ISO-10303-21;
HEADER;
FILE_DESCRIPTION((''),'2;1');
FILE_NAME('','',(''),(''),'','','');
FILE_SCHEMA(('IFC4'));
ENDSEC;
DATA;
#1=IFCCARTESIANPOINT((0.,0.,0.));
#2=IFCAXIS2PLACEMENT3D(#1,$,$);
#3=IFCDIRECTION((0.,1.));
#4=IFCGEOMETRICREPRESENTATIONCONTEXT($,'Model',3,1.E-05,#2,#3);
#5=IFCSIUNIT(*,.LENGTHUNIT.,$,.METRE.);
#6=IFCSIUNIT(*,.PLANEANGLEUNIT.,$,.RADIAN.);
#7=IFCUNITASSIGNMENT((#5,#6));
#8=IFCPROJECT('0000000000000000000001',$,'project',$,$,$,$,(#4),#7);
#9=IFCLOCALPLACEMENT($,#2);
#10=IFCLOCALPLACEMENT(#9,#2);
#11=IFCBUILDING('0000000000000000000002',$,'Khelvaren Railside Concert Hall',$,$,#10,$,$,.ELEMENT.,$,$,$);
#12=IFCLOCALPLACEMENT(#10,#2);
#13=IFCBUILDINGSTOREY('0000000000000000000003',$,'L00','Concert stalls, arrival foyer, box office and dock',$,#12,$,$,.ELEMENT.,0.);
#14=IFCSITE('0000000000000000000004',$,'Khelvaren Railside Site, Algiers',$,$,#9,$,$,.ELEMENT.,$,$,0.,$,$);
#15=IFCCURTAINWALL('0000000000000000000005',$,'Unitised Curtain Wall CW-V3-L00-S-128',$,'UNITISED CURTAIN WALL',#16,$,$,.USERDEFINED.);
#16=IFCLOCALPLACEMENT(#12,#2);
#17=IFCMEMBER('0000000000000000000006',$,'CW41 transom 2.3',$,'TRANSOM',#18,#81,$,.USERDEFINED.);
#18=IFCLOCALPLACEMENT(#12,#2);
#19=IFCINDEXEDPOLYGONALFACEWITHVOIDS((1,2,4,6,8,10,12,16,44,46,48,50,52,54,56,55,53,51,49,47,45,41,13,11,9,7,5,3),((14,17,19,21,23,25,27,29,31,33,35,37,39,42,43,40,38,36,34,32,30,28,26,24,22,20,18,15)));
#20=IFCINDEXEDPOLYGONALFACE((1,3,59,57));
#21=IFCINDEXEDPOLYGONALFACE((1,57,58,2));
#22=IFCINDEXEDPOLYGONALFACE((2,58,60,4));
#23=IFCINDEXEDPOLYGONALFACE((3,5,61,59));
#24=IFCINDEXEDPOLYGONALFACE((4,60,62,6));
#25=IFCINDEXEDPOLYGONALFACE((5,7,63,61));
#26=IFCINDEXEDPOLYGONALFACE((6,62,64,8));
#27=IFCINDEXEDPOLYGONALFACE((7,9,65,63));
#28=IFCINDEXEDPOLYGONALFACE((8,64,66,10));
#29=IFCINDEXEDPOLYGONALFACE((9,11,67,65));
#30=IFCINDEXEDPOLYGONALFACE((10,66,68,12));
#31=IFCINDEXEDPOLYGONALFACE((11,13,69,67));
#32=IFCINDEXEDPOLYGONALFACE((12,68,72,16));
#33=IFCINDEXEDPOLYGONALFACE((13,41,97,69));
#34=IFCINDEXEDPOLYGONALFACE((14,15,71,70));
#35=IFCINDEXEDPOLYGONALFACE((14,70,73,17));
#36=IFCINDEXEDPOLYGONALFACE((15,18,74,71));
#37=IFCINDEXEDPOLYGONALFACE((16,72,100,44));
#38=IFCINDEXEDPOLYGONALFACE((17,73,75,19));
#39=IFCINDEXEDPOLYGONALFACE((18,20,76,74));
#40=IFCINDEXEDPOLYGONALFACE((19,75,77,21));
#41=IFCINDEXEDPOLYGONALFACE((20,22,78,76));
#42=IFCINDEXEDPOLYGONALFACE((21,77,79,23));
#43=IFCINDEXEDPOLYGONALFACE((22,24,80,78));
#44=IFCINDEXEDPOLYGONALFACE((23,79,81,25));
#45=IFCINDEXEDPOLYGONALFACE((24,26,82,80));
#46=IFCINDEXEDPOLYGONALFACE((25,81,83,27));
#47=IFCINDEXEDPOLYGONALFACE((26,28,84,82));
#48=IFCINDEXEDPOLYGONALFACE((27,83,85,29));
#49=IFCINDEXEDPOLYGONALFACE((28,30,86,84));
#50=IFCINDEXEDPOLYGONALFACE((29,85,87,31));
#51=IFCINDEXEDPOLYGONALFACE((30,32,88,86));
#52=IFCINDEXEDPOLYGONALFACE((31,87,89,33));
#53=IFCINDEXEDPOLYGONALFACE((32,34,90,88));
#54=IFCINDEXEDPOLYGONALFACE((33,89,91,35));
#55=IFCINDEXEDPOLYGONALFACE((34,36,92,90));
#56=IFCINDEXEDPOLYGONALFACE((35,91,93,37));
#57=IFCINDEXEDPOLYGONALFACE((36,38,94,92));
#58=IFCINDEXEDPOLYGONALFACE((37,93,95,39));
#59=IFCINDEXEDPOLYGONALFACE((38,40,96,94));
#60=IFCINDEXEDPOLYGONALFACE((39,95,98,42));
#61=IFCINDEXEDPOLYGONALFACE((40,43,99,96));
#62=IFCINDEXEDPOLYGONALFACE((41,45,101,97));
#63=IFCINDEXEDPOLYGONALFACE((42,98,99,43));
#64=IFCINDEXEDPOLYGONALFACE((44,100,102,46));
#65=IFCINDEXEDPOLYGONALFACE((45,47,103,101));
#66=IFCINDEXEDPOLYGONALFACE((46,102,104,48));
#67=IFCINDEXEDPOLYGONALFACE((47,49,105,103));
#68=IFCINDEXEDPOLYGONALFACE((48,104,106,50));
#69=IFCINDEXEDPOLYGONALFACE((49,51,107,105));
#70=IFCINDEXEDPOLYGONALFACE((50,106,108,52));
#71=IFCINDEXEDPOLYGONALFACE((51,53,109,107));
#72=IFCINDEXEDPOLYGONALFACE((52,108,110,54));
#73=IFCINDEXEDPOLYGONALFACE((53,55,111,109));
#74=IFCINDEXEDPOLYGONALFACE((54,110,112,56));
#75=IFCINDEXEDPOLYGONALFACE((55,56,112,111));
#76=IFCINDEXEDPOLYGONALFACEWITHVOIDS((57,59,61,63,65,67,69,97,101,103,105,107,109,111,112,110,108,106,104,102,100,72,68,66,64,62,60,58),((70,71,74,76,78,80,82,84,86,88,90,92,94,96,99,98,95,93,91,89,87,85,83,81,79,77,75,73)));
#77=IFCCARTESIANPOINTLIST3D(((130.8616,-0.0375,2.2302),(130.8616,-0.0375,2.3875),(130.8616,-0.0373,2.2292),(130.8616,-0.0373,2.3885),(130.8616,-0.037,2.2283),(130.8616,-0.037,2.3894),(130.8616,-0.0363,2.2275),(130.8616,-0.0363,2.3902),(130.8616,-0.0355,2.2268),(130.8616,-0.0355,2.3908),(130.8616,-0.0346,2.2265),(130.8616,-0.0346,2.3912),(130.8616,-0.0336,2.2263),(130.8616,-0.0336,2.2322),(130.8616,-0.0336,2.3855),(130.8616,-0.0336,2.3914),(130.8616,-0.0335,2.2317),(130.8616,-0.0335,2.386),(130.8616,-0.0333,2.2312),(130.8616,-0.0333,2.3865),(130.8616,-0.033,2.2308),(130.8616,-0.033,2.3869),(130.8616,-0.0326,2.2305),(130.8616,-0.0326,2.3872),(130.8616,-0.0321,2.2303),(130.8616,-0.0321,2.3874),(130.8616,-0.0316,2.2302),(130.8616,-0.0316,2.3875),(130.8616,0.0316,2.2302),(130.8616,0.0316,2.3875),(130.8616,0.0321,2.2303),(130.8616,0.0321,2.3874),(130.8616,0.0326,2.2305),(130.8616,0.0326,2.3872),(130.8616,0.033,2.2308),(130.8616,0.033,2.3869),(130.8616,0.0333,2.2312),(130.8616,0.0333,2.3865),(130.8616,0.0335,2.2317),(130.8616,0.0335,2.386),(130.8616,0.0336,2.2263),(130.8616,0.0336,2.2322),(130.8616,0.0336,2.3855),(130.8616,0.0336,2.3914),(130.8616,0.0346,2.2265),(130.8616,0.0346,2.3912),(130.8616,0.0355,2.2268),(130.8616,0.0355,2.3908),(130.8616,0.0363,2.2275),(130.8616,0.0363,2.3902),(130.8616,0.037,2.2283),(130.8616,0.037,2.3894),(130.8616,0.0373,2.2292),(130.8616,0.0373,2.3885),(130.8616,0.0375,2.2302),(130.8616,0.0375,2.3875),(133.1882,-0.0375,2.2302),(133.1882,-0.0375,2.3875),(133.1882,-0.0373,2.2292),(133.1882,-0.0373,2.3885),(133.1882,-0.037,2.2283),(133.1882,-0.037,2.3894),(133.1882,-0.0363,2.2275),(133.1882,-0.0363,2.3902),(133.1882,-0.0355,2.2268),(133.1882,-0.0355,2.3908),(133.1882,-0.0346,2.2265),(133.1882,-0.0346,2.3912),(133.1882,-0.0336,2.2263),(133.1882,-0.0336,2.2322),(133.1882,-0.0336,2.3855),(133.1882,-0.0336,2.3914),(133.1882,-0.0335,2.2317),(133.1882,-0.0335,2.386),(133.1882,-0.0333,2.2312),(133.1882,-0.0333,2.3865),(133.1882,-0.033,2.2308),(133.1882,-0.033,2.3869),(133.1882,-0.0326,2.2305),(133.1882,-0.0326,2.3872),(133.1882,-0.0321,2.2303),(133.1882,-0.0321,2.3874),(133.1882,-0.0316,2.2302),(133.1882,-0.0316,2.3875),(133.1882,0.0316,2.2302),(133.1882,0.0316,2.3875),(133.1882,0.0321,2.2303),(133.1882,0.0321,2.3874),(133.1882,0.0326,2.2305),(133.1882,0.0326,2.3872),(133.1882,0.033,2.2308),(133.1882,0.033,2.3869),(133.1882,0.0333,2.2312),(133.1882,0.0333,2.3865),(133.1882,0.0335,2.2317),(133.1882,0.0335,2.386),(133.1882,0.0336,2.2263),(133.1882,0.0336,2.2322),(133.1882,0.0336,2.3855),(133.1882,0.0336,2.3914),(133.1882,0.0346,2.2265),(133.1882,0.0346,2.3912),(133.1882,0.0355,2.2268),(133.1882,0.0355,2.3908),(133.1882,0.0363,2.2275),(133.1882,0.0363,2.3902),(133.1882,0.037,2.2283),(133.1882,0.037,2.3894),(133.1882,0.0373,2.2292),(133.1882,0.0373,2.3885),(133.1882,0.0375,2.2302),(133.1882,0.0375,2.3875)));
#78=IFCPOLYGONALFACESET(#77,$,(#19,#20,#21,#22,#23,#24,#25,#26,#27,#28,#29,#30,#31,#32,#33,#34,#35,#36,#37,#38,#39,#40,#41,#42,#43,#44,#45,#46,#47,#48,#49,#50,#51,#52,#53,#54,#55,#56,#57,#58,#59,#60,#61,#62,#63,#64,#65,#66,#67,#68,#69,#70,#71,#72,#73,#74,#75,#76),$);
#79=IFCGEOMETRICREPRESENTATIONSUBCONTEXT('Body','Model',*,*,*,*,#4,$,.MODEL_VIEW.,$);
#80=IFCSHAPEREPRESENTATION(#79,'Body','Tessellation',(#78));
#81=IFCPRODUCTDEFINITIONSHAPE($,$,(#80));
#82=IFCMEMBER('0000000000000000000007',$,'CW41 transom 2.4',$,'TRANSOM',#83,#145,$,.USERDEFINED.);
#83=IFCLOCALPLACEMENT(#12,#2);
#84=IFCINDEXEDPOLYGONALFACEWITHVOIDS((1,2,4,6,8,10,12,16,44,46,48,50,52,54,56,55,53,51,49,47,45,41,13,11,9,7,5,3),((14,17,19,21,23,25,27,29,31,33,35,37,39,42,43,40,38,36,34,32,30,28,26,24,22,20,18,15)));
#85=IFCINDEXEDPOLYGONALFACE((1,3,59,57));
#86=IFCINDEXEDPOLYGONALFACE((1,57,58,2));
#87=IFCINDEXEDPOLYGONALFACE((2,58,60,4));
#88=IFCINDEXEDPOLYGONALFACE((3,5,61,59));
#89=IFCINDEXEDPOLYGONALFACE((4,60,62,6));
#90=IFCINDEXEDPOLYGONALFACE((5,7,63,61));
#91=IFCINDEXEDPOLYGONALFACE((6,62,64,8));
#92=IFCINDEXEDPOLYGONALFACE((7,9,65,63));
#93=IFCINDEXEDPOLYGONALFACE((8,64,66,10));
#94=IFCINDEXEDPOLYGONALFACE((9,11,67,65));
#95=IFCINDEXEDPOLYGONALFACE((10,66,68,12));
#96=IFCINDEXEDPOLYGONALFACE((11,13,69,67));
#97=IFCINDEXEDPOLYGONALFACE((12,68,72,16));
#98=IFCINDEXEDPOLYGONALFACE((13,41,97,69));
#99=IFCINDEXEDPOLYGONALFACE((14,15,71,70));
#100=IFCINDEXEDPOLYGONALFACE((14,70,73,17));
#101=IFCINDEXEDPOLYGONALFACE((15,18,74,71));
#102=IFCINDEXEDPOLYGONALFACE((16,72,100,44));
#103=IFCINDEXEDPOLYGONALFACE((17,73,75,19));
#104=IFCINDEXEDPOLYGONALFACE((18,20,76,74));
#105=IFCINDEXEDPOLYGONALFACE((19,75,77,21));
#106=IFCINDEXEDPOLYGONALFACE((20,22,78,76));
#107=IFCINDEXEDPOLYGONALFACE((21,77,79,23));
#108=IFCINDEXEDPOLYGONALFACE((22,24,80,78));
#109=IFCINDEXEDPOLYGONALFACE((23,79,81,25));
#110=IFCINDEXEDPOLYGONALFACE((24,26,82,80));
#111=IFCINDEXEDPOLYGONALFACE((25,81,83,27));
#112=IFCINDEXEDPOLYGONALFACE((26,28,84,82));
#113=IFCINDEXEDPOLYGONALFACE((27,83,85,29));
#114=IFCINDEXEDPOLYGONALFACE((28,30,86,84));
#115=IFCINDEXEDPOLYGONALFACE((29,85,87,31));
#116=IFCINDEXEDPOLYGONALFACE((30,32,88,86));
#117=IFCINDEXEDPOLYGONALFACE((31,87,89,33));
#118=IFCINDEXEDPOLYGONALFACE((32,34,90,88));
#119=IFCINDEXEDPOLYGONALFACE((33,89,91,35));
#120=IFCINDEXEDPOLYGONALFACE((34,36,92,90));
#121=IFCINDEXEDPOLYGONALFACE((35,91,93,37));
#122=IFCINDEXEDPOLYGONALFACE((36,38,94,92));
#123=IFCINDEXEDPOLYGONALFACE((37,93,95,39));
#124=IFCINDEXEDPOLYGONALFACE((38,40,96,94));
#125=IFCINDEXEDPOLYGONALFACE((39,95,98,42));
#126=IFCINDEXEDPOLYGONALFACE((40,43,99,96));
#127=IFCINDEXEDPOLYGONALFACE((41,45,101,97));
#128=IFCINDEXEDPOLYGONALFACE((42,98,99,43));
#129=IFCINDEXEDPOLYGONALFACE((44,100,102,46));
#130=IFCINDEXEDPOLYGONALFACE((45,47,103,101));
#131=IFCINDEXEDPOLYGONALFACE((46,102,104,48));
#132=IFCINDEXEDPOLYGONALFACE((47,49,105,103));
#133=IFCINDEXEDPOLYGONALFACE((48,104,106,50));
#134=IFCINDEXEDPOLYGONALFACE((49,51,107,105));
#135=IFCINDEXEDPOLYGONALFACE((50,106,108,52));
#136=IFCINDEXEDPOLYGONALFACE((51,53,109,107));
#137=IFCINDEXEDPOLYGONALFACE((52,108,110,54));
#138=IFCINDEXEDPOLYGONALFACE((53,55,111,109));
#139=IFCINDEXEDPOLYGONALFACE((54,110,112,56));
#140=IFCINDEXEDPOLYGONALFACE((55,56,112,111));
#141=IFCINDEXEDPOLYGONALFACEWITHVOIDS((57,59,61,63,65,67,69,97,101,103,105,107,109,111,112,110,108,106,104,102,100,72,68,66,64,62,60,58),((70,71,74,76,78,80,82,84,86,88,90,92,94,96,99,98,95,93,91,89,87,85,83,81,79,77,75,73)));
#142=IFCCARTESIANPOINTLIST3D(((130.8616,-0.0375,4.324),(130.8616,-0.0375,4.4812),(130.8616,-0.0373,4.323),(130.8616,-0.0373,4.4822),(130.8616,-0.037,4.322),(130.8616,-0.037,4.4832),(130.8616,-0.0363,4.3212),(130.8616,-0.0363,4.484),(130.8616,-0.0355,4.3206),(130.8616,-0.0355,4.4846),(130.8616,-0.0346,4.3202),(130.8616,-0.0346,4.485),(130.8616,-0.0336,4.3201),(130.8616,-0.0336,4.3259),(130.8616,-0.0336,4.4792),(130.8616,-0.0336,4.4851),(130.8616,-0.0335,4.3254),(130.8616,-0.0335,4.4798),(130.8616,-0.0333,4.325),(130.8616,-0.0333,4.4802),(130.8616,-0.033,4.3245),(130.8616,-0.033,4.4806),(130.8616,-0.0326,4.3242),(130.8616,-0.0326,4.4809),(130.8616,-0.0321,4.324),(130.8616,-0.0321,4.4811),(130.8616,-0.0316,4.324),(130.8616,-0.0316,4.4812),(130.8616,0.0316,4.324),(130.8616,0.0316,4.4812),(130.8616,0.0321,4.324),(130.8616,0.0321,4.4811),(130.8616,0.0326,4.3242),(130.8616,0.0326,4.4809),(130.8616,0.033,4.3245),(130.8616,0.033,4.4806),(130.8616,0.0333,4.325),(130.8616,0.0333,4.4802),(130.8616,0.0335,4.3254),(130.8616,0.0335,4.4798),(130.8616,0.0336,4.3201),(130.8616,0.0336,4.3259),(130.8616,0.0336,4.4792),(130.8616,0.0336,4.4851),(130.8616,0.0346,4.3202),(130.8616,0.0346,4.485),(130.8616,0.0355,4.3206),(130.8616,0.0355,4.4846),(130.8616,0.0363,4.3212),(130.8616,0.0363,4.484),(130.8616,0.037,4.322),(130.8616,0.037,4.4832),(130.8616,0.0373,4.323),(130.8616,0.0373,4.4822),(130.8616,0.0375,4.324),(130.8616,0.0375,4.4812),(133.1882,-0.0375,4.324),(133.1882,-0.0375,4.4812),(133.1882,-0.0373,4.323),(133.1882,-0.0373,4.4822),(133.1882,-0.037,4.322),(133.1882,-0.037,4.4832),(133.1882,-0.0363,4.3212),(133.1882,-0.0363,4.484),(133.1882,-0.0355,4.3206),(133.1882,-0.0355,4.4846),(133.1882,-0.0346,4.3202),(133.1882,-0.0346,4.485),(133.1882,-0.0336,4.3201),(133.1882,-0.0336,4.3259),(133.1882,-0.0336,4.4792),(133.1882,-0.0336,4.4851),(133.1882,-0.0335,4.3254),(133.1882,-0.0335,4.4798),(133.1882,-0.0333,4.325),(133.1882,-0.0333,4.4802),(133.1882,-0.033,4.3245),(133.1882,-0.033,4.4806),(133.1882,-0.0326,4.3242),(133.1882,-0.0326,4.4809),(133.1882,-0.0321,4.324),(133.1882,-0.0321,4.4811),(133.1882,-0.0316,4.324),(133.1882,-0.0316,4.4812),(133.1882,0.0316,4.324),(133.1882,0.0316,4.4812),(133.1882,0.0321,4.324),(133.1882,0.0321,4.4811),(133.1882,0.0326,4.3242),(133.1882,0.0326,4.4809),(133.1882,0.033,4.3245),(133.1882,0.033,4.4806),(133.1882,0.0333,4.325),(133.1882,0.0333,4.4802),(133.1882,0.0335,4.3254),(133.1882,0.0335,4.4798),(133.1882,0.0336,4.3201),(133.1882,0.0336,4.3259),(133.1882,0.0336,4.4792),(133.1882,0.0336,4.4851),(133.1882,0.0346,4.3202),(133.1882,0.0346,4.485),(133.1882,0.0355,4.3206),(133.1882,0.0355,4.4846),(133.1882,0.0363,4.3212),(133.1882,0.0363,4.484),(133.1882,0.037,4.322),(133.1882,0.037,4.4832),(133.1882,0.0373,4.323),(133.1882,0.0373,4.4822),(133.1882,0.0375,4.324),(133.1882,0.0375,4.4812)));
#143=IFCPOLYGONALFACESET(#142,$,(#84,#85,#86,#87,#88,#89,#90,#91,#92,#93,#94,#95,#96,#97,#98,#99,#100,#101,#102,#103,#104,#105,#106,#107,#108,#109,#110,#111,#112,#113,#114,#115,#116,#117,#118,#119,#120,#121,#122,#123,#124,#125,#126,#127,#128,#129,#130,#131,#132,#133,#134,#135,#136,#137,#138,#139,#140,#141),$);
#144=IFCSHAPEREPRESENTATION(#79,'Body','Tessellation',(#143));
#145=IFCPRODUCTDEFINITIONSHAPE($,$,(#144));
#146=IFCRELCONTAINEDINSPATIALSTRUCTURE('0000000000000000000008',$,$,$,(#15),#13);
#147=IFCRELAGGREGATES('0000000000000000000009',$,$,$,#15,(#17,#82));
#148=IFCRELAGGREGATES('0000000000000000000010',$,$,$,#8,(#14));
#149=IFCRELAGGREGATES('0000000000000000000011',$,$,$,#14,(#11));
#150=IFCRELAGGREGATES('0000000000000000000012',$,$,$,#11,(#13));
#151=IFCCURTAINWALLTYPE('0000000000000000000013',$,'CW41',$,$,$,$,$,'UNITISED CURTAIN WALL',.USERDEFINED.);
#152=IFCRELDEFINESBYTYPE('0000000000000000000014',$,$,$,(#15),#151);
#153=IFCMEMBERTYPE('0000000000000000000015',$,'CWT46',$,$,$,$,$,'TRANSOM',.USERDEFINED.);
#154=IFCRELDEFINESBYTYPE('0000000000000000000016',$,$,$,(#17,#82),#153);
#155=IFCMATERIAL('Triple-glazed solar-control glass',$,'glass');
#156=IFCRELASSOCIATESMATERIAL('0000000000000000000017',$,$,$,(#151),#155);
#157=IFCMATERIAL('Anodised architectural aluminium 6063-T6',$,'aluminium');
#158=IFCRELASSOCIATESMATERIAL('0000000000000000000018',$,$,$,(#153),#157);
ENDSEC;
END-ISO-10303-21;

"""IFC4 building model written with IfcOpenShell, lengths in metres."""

from ifc_helpers import new_model, si_unit, direction, frame, origin, origin_2d, place, context, subcontext, project, spatial, hollow_rectangle, extrude, material, material_profile, profile_set, type_object, element, aggregate, save


model = new_model("IFC4")

# Units and contexts
model_context = context("Model", 3, precision=1e-05, world=origin(), true_north=direction((0.0, 1.0)))
body_context = subcontext(model_context, "Body", "Model", "MODEL_VIEW")
ifc_project = project(units=[si_unit("LENGTHUNIT", "METRE"), si_unit("PLANEANGLEUNIT", "RADIAN")], contexts=[model_context])

# Site, building, storey
site_placement = place(None, origin())
site = spatial("IfcSite", under=ifc_project, at=site_placement, Name="Khelvaren Railside Site, Algiers", CompositionType="ELEMENT", RefElevation=0.0)
building_placement = place(site_placement, origin())
building = spatial("IfcBuilding", under=site, at=building_placement, Name="Khelvaren Railside Concert Hall", CompositionType="ELEMENT")
storey_placement = place(building_placement, origin())
storey = spatial("IfcBuildingStorey", under=building, at=storey_placement, Name="L00", Description="Concert stalls, arrival foyer, box office and dock", CompositionType="ELEMENT", Elevation=0.0)

# Curtain wall, members
ifc_material_1 = material(Name="Triple-glazed solar-control glass", Category="glass")
curtain_wall_type = type_object("IfcCurtainWallType", Name="CW41", ElementType="UNITISED CURTAIN WALL", PredefinedType="USERDEFINED", material=ifc_material_1)
curtain_wall_placement = place(storey_placement, origin())
curtain_wall = element("IfcCurtainWall", 1, at=curtain_wall_placement, inside=storey, type_object=curtain_wall_type, Name="Unitised Curtain Wall CW-V3-L00-S-128", ObjectType="UNITISED CURTAIN WALL", PredefinedType="USERDEFINED")
ifc_material_2 = material(Name="Anodised architectural aluminium 6063-T6", Category="aluminium")
ifc_material_profile_1 = material_profile(ifc_material_2, hollow_rectangle(XDim=0.075, YDim=0.165, WallThickness=0.0039, InnerFilletRadius=0.002, OuterFilletRadius=0.0039, at=origin_2d()), Name="CWT 75x165x4")
ifc_profile_set_1 = profile_set([ifc_material_profile_1], Name="Anodised architectural aluminium 6063-T6")
member_type_1 = type_object("IfcMemberType", Name="CWT46", ElementType="TRANSOM", PredefinedType="USERDEFINED", material=ifc_profile_set_1)
member_1_placement = place(storey_placement, frame((133.1882, 0.0, 2.3088), z_axis=(-1.0, 0.0, 0.0), x_axis=(0.0, -1.0, 0.0)))
member_1 = element("IfcMember", 2, at=member_1_placement, type_object=member_type_1, Name="CW41 transom 2.3", ObjectType="TRANSOM", PredefinedType="USERDEFINED", context=body_context, shape_type="SweptSolid", body=[
    extrude(hollow_rectangle(XDim=0.075, YDim=0.165, WallThickness=0.0039, InnerFilletRadius=0.002, OuterFilletRadius=0.0039, at=origin_2d()), origin(), (0.0, 0.0, 1.0), 2.3267),
])
member_2_placement = place(storey_placement, frame((133.1882, 0.0, 4.4026), z_axis=(-1.0, 0.0, 0.0), x_axis=(0.0, -1.0, 0.0)))
member_2 = element("IfcMember", 3, at=member_2_placement, type_object=member_type_1, Name="CW41 transom 2.4", ObjectType="TRANSOM", PredefinedType="USERDEFINED", context=body_context, shape_type="SweptSolid", body=[
    extrude(hollow_rectangle(XDim=0.075, YDim=0.165, WallThickness=0.0039, InnerFilletRadius=0.002, OuterFilletRadius=0.0039, at=origin_2d()), origin(), (0.0, 0.0, 1.0), 2.3267),
])

aggregate(curtain_wall, [member_1, member_2])

save(model, "model.ifc")
